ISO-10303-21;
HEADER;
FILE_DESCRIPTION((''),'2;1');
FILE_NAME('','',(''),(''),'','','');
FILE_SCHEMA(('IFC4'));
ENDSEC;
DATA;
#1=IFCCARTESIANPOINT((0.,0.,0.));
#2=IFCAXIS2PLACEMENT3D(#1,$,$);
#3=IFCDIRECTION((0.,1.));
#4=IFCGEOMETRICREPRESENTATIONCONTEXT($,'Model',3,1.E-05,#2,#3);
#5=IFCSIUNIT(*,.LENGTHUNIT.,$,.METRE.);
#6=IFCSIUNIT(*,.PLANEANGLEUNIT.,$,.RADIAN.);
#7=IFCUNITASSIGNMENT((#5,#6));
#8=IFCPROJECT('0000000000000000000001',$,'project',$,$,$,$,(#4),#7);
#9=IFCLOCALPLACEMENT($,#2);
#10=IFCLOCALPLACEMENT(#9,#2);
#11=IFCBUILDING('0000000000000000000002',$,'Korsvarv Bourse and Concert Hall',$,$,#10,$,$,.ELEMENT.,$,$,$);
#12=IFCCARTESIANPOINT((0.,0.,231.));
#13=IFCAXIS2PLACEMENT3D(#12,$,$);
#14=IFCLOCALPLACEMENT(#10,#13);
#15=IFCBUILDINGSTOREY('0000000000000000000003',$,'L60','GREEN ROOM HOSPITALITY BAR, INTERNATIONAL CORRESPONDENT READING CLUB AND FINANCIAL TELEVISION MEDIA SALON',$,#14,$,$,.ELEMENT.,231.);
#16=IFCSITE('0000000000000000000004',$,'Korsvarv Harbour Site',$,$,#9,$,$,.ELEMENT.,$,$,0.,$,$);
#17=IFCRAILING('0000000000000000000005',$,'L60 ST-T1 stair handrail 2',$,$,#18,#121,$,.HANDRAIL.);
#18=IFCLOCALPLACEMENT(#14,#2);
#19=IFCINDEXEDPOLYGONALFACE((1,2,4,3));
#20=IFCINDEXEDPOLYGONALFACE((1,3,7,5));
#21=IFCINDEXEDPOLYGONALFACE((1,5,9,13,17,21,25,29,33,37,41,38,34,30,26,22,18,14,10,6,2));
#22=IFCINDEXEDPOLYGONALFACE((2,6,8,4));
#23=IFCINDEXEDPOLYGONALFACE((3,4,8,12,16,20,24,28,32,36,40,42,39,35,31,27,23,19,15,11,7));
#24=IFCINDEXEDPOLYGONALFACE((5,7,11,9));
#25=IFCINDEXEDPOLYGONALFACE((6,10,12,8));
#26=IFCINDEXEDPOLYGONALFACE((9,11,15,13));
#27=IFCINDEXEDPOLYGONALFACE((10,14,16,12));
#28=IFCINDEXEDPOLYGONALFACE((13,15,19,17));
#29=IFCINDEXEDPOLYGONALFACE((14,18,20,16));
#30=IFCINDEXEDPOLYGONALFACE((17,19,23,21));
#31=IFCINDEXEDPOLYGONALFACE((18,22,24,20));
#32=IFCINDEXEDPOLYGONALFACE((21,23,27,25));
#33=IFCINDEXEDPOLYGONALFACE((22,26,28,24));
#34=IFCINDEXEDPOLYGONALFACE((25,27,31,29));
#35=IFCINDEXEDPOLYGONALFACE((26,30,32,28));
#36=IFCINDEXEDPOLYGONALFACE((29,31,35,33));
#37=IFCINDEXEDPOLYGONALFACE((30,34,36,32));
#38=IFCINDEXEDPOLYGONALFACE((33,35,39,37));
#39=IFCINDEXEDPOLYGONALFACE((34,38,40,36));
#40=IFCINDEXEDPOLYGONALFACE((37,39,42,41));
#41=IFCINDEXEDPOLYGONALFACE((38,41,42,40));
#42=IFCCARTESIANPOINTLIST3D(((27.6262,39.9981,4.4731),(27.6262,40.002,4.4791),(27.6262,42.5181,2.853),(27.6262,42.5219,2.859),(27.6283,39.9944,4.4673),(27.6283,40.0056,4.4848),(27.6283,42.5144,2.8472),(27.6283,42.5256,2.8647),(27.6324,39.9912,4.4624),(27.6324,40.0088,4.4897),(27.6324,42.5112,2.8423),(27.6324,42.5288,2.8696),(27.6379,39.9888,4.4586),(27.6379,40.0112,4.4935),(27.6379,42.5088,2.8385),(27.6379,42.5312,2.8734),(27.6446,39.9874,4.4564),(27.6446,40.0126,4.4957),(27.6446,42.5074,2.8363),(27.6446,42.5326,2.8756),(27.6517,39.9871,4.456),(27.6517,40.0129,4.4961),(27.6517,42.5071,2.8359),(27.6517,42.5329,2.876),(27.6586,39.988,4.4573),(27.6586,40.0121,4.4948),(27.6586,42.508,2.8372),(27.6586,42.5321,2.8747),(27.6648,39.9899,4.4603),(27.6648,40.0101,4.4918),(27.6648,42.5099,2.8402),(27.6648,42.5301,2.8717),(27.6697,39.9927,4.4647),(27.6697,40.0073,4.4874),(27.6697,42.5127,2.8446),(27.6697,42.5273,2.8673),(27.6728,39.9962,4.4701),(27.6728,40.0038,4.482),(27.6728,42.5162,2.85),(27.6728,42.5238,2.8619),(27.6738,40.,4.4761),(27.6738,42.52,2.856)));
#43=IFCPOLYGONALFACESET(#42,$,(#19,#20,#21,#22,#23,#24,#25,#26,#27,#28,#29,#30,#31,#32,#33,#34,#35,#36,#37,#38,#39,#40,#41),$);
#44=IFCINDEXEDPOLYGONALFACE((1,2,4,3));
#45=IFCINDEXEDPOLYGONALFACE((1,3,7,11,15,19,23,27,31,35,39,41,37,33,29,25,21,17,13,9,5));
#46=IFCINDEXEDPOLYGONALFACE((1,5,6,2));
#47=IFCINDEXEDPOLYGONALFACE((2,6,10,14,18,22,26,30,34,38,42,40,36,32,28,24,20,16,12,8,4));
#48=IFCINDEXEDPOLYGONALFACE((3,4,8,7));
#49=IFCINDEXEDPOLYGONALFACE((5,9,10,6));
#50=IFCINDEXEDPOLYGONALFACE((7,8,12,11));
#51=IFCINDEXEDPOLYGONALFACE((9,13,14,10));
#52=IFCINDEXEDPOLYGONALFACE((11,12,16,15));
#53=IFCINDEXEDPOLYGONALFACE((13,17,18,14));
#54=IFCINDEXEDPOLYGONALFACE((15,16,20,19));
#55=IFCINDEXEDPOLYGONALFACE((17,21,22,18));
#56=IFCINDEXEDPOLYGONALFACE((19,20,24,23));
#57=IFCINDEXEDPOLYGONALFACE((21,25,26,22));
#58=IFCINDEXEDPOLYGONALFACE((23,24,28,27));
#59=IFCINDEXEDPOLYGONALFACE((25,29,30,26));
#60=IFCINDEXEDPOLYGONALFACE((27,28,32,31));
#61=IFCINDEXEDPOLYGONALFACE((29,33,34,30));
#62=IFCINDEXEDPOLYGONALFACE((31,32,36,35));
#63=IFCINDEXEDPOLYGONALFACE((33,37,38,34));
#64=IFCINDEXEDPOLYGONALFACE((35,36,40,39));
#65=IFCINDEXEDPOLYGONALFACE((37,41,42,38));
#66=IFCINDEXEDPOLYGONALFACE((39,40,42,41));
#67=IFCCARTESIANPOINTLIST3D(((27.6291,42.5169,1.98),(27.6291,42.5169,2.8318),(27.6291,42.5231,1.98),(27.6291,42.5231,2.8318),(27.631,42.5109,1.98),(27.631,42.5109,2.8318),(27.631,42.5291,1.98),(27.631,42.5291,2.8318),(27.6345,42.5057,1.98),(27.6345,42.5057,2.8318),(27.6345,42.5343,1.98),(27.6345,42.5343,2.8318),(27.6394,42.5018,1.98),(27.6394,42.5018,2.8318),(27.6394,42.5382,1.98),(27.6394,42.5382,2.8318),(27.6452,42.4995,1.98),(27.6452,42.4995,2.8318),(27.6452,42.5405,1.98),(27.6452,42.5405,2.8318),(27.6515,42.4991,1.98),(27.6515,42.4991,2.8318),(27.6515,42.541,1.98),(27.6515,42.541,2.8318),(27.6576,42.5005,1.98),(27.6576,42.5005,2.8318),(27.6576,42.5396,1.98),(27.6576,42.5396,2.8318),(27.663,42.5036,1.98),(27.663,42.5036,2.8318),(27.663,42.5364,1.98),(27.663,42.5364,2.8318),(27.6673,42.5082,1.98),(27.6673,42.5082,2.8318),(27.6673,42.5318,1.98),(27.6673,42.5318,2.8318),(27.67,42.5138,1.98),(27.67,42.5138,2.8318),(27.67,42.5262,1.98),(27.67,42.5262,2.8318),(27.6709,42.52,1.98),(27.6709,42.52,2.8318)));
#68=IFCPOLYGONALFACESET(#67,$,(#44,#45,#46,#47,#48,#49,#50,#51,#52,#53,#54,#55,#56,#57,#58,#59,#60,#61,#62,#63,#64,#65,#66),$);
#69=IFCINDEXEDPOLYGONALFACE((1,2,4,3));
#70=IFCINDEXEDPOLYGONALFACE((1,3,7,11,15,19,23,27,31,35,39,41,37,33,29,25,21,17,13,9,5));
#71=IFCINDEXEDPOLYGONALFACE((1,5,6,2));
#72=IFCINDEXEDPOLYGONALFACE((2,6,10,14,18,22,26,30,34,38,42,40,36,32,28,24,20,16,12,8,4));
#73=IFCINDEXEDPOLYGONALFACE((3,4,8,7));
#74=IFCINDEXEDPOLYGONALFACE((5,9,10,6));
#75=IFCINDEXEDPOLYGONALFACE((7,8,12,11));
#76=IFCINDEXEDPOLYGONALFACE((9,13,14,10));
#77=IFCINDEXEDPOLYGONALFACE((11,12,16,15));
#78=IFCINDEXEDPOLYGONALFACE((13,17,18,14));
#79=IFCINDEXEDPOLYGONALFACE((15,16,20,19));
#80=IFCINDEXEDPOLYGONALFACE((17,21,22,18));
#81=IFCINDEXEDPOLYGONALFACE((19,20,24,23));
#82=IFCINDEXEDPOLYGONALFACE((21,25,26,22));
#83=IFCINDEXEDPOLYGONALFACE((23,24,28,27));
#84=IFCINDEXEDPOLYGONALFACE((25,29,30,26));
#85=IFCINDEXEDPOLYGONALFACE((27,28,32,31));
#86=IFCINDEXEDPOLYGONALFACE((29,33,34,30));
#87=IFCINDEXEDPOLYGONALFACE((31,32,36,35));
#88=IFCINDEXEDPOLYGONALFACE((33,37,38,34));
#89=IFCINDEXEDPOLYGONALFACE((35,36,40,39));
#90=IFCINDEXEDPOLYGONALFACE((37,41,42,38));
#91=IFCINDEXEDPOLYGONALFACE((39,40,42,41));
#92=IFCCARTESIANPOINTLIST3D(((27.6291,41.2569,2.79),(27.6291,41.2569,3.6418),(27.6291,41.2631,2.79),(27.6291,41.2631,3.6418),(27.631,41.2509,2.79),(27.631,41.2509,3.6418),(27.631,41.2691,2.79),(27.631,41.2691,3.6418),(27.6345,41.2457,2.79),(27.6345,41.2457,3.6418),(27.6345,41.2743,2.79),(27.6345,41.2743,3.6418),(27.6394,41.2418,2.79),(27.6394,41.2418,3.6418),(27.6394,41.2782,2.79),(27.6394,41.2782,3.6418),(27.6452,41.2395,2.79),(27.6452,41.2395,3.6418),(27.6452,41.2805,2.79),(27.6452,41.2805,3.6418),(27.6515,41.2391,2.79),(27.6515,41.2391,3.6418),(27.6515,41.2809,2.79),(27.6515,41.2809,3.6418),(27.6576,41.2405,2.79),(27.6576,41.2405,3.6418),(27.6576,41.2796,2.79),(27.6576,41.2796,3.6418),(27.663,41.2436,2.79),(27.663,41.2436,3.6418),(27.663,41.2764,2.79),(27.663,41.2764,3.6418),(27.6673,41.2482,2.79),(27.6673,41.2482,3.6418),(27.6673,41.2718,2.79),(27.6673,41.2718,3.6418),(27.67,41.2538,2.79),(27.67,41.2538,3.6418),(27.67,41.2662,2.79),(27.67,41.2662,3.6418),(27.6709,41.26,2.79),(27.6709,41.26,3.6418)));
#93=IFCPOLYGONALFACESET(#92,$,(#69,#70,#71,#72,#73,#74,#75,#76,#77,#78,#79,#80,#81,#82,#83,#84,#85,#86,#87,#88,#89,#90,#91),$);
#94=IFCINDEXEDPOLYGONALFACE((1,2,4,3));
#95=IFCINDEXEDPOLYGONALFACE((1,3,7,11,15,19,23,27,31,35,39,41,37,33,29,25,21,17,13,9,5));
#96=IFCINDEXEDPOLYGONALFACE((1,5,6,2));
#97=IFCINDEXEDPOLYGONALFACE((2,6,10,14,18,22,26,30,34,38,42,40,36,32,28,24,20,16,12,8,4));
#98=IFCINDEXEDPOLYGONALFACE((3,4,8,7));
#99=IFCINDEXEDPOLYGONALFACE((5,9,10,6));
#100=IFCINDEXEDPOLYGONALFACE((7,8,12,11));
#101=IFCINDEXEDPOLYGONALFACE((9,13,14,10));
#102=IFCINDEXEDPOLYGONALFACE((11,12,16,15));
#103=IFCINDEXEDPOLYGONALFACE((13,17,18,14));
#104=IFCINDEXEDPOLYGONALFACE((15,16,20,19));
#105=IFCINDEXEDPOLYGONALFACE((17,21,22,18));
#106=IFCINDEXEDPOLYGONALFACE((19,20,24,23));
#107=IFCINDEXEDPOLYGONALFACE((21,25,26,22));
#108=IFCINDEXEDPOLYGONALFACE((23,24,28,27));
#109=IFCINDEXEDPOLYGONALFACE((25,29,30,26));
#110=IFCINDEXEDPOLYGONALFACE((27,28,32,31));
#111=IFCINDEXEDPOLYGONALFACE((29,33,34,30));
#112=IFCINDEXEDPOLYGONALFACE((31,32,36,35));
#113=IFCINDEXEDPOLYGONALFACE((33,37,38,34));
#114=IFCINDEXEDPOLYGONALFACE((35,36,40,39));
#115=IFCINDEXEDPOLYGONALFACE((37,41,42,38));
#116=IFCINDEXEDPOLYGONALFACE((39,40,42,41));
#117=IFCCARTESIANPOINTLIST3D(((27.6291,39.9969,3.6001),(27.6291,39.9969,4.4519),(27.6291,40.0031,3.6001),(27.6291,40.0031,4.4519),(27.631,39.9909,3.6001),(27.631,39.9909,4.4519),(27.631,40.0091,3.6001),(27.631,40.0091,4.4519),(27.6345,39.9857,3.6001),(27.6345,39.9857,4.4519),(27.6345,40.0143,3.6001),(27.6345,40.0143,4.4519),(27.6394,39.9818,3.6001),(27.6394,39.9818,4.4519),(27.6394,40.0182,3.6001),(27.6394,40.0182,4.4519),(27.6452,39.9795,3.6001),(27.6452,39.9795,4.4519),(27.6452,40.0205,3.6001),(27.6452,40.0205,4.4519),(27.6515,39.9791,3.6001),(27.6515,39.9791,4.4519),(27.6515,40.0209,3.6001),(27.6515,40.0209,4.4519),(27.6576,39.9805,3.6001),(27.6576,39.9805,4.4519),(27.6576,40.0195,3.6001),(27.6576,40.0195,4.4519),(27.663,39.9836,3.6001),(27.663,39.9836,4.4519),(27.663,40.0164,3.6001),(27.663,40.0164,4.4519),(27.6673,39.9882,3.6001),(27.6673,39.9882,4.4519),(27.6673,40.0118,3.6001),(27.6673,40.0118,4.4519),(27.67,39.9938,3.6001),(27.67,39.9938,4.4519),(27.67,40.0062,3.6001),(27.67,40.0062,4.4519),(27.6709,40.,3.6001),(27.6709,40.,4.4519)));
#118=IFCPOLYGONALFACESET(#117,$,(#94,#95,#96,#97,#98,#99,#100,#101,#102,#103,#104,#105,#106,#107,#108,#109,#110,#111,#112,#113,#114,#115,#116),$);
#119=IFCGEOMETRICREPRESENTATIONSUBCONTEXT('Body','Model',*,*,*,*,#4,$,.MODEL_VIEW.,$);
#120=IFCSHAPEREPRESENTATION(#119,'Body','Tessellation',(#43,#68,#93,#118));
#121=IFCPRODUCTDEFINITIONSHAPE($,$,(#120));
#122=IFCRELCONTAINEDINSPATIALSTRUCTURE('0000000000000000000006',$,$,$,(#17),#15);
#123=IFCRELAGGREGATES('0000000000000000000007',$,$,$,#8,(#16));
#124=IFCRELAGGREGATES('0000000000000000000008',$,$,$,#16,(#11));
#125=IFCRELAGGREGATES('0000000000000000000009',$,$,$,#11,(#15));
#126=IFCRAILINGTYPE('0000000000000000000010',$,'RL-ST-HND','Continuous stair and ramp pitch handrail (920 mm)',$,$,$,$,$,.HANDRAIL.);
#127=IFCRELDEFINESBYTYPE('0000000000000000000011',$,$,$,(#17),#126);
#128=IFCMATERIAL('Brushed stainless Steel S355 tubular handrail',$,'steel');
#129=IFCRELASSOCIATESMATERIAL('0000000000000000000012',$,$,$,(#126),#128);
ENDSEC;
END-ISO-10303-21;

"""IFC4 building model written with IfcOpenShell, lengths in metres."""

from ifc_helpers import new_model, si_unit, direction, frame, origin, origin_2d, place, context, subcontext, project, spatial, circle, extrude, material, type_object, element, save


model = new_model("IFC4")

# Units and contexts
model_context = context("Model", 3, precision=1e-05, world=origin(), true_north=direction((0.0, 1.0)))
body_context = subcontext(model_context, "Body", "Model", "MODEL_VIEW")
ifc_project = project(units=[si_unit("LENGTHUNIT", "METRE"), si_unit("PLANEANGLEUNIT", "RADIAN")], contexts=[model_context])

# Site, building, storey
site_placement = place(None, origin())
site = spatial("IfcSite", under=ifc_project, at=site_placement, Name="Korsvarv Harbour Site", CompositionType="ELEMENT", RefElevation=0.0)
building_placement = place(site_placement, origin())
building = spatial("IfcBuilding", under=site, at=building_placement, Name="Korsvarv Bourse and Concert Hall", CompositionType="ELEMENT")
storey_placement = place(building_placement, frame((0.0, 0.0, 231.0)))
storey = spatial("IfcBuildingStorey", under=building, at=storey_placement, Name="L60", Description="GREEN ROOM HOSPITALITY BAR, INTERNATIONAL CORRESPONDENT READING CLUB AND FINANCIAL TELEVISION MEDIA SALON", CompositionType="ELEMENT", Elevation=231.0)

# Railing
ifc_material_1 = material(Name="Brushed stainless Steel S355 tubular handrail", Category="steel")
railing_type_1 = type_object("IfcRailingType", Name="RL-ST-HND", Description="Continuous stair and ramp pitch handrail (920 mm)", PredefinedType="HANDRAIL", material=ifc_material_1)
railing_1_placement = place(storey_placement, frame((27.6499, 42.52, 1.98)))
element("IfcRailing", 1, at=railing_1_placement, inside=storey, type_object=railing_type_1, Name="L60 ST-T1 stair handrail 2", PredefinedType="HANDRAIL", context=body_context, shape_type="SweptSolid", body=[
    extrude(circle(Radius=0.0239, at=origin_2d()), frame((0.0, 0.0, 0.876), z_axis=(0.0, -0.841163, 0.540782), x_axis=(1.0, 0.0, 0.0)), (0.0, 0.0, 1.0), 2.9958),
    extrude(circle(Radius=0.021, at=origin_2d()), origin(), (0.0, 0.0, 1.0), 0.8518),
    extrude(circle(Radius=0.021, at=origin_2d()), frame((0.0, -1.26, 0.8101)), (0.0, 0.0, 1.0), 0.8518),
    extrude(circle(Radius=0.021, at=origin_2d()), frame((0.0, -2.52, 1.6201)), (0.0, 0.0, 1.0), 0.8518),
])

save(model, "model.ifc")
